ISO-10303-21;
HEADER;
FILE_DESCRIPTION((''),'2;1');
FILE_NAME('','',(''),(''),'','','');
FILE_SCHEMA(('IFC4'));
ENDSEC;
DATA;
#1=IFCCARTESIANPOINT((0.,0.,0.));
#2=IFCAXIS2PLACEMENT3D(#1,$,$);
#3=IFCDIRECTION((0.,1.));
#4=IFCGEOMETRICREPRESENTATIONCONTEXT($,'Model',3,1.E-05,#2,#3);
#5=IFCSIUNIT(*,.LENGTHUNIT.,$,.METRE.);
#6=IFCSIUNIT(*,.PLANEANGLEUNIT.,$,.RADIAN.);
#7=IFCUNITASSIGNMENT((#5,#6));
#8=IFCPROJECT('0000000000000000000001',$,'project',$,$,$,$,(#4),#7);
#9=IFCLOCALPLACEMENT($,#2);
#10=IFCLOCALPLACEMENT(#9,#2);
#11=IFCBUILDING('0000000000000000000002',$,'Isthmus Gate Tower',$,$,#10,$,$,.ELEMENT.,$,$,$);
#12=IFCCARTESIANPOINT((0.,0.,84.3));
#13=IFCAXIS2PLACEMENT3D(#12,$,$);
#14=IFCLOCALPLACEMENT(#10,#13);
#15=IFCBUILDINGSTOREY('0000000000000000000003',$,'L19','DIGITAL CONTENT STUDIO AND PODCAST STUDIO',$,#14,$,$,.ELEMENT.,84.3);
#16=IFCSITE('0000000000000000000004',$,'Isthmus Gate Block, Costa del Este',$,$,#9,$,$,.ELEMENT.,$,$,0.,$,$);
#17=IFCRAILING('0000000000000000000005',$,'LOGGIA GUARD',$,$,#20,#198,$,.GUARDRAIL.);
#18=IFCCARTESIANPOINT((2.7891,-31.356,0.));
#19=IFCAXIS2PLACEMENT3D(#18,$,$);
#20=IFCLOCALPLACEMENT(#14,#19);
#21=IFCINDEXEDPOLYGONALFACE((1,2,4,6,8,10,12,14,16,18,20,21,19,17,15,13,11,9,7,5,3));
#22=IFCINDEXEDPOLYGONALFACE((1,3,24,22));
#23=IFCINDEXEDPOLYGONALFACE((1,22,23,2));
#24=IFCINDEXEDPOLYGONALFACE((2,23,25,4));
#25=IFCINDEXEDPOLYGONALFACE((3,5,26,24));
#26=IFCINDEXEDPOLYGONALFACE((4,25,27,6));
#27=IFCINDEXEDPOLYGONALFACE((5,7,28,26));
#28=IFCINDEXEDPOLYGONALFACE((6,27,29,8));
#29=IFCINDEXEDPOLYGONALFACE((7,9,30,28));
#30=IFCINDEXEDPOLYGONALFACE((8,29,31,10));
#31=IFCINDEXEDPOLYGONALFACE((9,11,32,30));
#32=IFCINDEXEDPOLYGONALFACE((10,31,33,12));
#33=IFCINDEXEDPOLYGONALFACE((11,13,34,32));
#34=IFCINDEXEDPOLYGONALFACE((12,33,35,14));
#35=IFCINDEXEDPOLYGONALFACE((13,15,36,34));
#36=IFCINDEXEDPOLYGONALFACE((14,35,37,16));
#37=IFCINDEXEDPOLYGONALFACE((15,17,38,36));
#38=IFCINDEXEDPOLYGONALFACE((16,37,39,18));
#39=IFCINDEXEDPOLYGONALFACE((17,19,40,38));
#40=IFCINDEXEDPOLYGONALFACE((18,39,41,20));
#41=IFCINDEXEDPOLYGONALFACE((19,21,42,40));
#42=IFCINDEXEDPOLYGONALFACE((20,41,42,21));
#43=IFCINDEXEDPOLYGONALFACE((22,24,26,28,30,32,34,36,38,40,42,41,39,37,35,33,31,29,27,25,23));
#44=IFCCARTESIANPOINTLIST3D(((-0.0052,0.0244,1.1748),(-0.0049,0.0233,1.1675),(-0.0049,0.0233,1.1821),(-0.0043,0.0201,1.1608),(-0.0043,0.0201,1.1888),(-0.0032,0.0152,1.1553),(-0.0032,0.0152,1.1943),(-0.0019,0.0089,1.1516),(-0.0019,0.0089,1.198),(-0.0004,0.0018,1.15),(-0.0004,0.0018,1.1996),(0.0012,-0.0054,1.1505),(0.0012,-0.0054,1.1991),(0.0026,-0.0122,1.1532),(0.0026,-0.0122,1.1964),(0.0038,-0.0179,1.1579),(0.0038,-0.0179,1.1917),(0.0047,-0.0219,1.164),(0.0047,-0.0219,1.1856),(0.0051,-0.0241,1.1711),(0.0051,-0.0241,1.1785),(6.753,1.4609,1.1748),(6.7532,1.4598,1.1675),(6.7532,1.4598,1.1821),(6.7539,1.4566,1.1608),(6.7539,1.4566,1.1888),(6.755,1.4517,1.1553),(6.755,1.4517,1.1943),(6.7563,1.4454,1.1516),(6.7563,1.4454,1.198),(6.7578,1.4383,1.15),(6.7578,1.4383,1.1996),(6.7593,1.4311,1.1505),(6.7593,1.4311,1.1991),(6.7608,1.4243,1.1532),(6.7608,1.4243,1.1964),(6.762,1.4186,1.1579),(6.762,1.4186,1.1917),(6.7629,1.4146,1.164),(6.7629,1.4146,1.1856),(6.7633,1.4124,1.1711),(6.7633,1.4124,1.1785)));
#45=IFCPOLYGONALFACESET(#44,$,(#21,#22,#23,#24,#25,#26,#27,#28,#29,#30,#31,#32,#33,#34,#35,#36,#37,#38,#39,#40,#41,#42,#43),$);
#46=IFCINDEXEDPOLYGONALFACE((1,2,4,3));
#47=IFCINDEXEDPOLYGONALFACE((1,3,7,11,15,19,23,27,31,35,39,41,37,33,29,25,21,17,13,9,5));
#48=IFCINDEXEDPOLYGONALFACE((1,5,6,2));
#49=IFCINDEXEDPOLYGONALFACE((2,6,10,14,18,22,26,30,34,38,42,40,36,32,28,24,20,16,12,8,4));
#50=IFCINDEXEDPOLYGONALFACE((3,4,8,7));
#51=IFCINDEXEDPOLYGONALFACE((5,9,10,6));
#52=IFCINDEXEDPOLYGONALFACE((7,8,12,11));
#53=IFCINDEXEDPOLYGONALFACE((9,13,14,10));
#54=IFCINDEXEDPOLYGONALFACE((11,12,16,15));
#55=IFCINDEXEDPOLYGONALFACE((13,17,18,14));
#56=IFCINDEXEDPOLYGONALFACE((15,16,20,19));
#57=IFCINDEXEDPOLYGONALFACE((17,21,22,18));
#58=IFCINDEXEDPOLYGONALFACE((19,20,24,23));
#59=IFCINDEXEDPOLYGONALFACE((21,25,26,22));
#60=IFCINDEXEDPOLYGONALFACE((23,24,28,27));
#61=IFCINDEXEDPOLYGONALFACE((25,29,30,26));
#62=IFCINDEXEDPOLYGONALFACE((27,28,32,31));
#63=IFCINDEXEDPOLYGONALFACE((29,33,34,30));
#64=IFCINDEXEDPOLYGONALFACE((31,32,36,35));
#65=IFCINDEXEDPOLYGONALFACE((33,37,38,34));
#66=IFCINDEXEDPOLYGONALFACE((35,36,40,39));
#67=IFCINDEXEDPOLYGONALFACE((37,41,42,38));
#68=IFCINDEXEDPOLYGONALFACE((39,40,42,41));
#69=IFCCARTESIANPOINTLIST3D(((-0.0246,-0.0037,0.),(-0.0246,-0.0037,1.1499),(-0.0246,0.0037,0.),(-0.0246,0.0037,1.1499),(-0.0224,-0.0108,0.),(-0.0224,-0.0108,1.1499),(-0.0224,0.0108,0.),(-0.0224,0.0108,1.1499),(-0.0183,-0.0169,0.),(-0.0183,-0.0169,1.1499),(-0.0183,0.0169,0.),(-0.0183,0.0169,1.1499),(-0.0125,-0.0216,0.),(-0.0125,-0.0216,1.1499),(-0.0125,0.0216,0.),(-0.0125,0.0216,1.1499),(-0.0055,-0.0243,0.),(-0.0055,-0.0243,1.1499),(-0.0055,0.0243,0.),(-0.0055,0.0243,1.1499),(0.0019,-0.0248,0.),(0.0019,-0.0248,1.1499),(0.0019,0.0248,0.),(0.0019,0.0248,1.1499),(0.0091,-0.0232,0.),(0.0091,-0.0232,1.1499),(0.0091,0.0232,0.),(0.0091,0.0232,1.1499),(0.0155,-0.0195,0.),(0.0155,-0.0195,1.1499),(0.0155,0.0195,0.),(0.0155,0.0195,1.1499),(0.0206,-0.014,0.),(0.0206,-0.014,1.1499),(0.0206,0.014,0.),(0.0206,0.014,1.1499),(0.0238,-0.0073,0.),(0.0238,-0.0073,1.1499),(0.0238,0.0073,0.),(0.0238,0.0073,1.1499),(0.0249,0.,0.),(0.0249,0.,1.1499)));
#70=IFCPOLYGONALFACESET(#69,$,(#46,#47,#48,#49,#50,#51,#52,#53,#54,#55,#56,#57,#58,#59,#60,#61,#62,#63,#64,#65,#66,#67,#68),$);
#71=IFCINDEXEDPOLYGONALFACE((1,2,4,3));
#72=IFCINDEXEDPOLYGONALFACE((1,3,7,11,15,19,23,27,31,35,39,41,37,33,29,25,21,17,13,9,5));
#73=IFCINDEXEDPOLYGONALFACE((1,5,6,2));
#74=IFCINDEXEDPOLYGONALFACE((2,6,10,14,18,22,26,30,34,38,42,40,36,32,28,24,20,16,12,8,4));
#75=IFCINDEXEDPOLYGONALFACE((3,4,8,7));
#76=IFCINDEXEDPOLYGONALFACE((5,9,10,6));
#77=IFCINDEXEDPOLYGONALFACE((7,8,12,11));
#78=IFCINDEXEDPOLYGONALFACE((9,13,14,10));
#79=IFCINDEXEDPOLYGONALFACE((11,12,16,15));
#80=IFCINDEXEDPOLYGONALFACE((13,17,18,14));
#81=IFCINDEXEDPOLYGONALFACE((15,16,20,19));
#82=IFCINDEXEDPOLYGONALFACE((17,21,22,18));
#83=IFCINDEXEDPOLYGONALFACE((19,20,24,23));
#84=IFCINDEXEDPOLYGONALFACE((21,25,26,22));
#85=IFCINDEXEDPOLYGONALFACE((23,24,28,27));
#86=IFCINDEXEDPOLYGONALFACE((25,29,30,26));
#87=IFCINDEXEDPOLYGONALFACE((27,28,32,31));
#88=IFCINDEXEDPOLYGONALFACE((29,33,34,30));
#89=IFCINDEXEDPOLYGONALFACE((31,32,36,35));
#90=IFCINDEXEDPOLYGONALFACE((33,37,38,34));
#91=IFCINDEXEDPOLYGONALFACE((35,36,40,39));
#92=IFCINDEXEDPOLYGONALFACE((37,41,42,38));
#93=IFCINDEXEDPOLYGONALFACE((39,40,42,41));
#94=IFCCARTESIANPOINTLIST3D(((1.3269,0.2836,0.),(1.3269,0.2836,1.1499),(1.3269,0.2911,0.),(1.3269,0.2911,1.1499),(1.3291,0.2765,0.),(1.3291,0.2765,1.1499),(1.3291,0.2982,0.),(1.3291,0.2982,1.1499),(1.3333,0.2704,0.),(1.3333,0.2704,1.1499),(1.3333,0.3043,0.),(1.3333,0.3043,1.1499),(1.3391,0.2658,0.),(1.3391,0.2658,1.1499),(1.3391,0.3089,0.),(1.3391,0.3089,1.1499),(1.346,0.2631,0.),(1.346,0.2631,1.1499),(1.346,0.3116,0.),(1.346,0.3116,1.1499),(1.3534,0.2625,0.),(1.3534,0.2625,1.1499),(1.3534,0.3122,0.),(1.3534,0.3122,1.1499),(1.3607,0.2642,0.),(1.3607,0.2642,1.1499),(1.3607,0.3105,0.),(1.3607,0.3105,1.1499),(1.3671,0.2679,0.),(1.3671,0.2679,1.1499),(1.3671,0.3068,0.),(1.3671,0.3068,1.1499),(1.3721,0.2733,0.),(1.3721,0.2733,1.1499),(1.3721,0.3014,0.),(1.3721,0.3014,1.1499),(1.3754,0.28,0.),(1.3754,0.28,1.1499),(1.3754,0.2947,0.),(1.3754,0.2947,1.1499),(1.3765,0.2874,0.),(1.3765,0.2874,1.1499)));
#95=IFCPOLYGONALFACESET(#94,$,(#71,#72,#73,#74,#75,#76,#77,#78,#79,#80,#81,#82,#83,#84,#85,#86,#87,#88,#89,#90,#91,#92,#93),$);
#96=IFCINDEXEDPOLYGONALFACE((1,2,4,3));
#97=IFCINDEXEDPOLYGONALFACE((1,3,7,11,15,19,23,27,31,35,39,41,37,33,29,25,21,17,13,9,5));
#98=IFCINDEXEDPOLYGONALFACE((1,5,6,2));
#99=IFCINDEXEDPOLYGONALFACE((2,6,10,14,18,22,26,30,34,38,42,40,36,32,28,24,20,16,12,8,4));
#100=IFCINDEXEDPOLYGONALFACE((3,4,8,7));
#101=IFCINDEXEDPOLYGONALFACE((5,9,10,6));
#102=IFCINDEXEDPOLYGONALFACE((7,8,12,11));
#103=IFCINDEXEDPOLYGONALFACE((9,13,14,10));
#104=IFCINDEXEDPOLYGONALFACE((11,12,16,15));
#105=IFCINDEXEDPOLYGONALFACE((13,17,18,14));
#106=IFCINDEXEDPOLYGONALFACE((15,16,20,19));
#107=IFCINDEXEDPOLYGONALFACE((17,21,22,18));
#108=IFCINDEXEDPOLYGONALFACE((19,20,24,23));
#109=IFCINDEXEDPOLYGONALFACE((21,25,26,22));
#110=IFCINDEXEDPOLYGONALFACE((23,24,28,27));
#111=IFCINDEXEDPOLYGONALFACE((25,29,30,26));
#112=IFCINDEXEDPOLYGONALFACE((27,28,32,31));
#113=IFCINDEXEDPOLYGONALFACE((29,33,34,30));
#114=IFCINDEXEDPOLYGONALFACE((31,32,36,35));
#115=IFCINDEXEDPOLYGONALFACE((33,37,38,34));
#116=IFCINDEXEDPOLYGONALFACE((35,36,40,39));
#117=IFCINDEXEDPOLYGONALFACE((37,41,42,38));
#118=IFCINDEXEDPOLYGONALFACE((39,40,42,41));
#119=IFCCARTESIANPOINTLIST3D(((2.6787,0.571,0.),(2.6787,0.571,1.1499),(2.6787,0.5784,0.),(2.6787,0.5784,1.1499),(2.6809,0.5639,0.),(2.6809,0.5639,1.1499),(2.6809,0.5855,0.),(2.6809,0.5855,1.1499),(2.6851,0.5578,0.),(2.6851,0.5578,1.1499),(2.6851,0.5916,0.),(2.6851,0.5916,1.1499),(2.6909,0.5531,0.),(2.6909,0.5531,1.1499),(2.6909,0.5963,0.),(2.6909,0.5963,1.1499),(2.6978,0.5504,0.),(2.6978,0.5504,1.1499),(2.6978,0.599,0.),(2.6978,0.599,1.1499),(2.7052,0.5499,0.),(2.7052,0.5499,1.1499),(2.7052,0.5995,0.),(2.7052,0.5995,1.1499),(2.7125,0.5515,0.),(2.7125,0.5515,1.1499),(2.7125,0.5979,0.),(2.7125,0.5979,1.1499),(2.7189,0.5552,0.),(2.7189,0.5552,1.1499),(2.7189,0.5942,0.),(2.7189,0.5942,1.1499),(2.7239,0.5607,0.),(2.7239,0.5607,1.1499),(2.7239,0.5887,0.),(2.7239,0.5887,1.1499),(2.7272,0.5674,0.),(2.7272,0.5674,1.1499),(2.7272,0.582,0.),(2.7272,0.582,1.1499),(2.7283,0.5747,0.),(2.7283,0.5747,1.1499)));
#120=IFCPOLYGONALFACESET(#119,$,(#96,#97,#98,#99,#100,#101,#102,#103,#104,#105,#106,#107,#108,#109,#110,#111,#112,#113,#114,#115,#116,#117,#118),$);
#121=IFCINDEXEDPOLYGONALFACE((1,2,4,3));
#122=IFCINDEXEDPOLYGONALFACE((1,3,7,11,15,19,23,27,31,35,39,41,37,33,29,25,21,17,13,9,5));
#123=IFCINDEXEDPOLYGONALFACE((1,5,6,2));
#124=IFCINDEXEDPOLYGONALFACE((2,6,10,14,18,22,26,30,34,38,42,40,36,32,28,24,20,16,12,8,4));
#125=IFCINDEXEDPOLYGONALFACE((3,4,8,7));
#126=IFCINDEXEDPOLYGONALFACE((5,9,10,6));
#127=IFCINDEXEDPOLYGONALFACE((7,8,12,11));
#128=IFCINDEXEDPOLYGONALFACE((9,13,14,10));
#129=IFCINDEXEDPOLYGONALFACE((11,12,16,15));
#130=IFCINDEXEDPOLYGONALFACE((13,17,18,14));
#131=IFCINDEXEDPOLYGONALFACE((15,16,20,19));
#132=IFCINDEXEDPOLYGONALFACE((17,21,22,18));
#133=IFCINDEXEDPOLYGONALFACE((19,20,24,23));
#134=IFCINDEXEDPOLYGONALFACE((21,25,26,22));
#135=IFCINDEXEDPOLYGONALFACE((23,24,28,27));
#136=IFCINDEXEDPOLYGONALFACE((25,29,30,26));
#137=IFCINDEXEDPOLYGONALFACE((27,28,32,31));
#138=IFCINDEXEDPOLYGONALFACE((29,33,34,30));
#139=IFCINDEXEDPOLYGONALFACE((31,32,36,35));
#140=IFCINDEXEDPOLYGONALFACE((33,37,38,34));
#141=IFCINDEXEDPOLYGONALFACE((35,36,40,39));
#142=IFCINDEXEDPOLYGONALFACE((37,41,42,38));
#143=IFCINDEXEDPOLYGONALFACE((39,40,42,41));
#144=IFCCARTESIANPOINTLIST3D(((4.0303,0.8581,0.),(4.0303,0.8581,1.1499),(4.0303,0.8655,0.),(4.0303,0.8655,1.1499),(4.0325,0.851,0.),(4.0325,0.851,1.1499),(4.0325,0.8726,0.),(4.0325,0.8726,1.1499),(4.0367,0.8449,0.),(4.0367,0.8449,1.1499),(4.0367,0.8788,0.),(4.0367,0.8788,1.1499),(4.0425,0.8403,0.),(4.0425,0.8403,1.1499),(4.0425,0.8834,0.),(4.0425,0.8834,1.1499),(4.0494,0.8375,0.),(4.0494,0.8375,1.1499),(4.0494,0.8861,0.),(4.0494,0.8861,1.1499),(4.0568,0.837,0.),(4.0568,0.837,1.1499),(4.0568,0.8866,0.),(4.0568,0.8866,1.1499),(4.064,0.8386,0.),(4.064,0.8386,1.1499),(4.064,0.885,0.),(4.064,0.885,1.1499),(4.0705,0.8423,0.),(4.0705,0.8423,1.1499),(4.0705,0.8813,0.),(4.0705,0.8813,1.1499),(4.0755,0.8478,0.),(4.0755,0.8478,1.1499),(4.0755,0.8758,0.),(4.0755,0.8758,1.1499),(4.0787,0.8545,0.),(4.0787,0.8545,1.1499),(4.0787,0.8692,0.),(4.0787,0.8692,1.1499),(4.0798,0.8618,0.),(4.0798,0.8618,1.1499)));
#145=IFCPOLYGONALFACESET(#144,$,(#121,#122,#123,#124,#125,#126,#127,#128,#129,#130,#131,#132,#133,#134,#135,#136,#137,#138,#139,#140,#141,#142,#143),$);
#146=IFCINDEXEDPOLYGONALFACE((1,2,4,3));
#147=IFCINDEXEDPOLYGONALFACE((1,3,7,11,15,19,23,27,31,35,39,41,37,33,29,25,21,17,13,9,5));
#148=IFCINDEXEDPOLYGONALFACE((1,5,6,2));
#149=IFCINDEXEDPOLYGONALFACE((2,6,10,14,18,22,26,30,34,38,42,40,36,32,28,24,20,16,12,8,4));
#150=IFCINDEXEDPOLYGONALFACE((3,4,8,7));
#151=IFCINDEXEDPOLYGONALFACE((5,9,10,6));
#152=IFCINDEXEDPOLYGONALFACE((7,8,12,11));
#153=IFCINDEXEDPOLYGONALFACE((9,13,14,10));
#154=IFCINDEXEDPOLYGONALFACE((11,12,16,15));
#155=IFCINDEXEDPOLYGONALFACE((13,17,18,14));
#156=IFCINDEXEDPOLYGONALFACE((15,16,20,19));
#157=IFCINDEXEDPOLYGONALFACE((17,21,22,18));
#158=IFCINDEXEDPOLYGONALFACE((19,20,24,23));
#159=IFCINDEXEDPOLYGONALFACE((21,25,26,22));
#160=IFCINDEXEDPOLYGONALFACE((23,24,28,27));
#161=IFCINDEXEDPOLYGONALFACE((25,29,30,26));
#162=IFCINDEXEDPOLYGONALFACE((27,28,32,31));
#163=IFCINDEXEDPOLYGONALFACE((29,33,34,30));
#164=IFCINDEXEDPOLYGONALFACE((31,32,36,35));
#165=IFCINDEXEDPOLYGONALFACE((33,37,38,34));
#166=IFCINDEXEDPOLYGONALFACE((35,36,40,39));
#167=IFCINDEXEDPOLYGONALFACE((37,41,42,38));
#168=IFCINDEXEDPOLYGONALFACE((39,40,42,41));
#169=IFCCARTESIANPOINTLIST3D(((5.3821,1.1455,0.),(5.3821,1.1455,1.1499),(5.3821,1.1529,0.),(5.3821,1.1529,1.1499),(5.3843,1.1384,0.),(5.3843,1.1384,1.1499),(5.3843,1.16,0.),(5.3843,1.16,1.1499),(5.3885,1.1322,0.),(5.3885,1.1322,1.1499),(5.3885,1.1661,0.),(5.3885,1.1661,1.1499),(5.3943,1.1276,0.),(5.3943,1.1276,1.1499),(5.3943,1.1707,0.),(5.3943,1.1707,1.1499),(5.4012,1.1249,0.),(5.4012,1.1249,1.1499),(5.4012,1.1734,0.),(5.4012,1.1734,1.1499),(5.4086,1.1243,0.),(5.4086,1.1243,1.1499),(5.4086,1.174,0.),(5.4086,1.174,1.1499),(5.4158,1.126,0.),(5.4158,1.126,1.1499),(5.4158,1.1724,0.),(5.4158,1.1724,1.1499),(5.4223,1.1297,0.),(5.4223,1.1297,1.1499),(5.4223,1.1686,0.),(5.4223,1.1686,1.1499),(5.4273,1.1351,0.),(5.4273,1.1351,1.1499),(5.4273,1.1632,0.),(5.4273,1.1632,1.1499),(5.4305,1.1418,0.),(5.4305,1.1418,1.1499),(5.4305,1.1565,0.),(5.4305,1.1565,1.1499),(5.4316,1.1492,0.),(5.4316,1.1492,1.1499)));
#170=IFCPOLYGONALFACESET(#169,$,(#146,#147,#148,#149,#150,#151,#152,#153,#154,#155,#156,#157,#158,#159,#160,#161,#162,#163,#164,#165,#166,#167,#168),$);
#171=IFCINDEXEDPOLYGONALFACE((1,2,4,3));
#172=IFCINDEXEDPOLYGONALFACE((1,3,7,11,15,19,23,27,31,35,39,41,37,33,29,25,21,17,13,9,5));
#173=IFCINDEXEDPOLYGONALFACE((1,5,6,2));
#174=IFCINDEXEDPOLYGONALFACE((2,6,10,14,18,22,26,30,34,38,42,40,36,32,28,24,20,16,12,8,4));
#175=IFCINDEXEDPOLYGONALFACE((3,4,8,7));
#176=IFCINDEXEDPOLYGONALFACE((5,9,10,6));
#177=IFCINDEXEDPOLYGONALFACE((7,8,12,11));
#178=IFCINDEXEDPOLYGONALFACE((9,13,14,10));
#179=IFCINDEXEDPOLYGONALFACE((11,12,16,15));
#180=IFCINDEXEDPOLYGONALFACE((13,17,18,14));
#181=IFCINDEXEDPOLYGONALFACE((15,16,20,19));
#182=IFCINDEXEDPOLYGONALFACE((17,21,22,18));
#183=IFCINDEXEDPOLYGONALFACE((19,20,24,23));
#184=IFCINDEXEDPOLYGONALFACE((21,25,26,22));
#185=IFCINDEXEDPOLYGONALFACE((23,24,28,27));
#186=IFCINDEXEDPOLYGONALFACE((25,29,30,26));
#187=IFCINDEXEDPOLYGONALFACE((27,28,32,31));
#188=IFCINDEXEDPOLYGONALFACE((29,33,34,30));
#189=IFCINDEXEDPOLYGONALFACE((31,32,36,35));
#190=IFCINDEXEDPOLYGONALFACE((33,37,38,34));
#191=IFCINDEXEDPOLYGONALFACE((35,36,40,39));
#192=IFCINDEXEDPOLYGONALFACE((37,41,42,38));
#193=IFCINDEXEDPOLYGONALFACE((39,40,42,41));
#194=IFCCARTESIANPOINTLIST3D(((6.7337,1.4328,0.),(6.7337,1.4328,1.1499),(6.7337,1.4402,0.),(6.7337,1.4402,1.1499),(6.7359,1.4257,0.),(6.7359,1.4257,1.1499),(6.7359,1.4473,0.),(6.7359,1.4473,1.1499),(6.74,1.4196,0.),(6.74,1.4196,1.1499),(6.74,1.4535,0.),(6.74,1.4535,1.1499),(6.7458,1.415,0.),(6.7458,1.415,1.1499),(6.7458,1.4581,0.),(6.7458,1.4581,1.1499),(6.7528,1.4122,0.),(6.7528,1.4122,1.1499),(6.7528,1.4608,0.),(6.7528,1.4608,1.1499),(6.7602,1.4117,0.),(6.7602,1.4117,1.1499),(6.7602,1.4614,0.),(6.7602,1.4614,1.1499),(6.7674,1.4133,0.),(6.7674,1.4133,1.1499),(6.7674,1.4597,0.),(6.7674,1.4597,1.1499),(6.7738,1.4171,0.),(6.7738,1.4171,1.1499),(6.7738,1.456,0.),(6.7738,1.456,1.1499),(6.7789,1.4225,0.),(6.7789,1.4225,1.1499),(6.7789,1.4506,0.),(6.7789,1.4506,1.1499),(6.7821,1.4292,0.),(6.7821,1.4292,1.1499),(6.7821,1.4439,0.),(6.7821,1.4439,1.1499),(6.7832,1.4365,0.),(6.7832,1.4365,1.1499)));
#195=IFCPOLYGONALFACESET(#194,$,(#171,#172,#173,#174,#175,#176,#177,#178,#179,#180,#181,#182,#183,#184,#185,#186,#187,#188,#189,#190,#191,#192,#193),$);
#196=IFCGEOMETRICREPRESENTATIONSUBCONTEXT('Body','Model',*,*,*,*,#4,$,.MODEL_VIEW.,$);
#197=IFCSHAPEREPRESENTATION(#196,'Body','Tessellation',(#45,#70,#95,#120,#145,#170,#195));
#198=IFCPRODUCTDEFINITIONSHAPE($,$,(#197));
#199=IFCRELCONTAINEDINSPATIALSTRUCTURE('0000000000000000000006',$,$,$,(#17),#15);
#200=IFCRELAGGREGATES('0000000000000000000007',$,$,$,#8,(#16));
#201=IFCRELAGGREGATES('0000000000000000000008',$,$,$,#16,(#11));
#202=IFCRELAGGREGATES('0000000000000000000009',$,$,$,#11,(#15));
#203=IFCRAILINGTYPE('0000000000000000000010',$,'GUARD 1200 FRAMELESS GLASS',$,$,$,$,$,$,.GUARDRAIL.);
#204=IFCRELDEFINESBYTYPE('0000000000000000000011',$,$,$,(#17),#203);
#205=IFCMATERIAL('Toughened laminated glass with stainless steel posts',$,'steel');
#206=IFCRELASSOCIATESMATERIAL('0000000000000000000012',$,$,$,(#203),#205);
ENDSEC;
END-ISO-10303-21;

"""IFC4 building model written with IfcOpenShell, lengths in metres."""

from ifc_helpers import new_model, si_unit, direction, frame, origin, origin_2d, place, context, subcontext, project, spatial, circle, extrude, material, type_object, element, save


model = new_model("IFC4")

# Units and contexts
model_context = context("Model", 3, precision=1e-05, world=origin(), true_north=direction((0.0, 1.0)))
body_context = subcontext(model_context, "Body", "Model", "MODEL_VIEW")
ifc_project = project(units=[si_unit("LENGTHUNIT", "METRE"), si_unit("PLANEANGLEUNIT", "RADIAN")], contexts=[model_context])

# Site, building, storey
site_placement = place(None, origin())
site = spatial("IfcSite", under=ifc_project, at=site_placement, Name="Isthmus Gate Block, Costa del Este", CompositionType="ELEMENT", RefElevation=0.0)
building_placement = place(site_placement, origin())
building = spatial("IfcBuilding", under=site, at=building_placement, Name="Isthmus Gate Tower", CompositionType="ELEMENT")
storey_placement = place(building_placement, frame((0.0, 0.0, 84.3)))
storey = spatial("IfcBuildingStorey", under=building, at=storey_placement, Name="L19", Description="DIGITAL CONTENT STUDIO AND PODCAST STUDIO", CompositionType="ELEMENT", Elevation=84.3)

# Railing
ifc_material_1 = material(Name="Toughened laminated glass with stainless steel posts", Category="steel")
railing_type = type_object("IfcRailingType", Name="GUARD 1200 FRAMELESS GLASS", PredefinedType="GUARDRAIL", material=ifc_material_1)
railing_placement = place(storey_placement, frame((2.7891, -31.356, 0.0)))
element("IfcRailing", 1, at=railing_placement, inside=storey, type_object=railing_type, Name="LOGGIA GUARD", PredefinedType="GUARDRAIL", context=body_context, shape_type="SweptSolid", body=[
    extrude(circle(Radius=0.0249, at=origin_2d()), frame((0.0, 0.0, 1.1748), z_axis=(0.978148, 0.207912, 0.0), x_axis=(-0.207912, 0.978148, 0.0)), (0.0, 0.0, 1.0), 6.9092),
    extrude(circle(Radius=0.0249, at=origin_2d()), origin(), (0.0, 0.0, 1.0), 1.1499),
    extrude(circle(Radius=0.0249, at=origin_2d()), frame((1.3516, 0.2874, 0.0)), (0.0, 0.0, 1.0), 1.1499),
    extrude(circle(Radius=0.0249, at=origin_2d()), frame((2.7034, 0.5747, 0.0)), (0.0, 0.0, 1.0), 1.1499),
    extrude(circle(Radius=0.0249, at=origin_2d()), frame((4.0549, 0.8618, 0.0)), (0.0, 0.0, 1.0), 1.1499),
    extrude(circle(Radius=0.0249, at=origin_2d()), frame((5.4067, 1.1492, 0.0)), (0.0, 0.0, 1.0), 1.1499),
    extrude(circle(Radius=0.0249, at=origin_2d()), frame((6.7583, 1.4365, 0.0)), (0.0, 0.0, 1.0), 1.1499),
])

save(model, "model.ifc")
